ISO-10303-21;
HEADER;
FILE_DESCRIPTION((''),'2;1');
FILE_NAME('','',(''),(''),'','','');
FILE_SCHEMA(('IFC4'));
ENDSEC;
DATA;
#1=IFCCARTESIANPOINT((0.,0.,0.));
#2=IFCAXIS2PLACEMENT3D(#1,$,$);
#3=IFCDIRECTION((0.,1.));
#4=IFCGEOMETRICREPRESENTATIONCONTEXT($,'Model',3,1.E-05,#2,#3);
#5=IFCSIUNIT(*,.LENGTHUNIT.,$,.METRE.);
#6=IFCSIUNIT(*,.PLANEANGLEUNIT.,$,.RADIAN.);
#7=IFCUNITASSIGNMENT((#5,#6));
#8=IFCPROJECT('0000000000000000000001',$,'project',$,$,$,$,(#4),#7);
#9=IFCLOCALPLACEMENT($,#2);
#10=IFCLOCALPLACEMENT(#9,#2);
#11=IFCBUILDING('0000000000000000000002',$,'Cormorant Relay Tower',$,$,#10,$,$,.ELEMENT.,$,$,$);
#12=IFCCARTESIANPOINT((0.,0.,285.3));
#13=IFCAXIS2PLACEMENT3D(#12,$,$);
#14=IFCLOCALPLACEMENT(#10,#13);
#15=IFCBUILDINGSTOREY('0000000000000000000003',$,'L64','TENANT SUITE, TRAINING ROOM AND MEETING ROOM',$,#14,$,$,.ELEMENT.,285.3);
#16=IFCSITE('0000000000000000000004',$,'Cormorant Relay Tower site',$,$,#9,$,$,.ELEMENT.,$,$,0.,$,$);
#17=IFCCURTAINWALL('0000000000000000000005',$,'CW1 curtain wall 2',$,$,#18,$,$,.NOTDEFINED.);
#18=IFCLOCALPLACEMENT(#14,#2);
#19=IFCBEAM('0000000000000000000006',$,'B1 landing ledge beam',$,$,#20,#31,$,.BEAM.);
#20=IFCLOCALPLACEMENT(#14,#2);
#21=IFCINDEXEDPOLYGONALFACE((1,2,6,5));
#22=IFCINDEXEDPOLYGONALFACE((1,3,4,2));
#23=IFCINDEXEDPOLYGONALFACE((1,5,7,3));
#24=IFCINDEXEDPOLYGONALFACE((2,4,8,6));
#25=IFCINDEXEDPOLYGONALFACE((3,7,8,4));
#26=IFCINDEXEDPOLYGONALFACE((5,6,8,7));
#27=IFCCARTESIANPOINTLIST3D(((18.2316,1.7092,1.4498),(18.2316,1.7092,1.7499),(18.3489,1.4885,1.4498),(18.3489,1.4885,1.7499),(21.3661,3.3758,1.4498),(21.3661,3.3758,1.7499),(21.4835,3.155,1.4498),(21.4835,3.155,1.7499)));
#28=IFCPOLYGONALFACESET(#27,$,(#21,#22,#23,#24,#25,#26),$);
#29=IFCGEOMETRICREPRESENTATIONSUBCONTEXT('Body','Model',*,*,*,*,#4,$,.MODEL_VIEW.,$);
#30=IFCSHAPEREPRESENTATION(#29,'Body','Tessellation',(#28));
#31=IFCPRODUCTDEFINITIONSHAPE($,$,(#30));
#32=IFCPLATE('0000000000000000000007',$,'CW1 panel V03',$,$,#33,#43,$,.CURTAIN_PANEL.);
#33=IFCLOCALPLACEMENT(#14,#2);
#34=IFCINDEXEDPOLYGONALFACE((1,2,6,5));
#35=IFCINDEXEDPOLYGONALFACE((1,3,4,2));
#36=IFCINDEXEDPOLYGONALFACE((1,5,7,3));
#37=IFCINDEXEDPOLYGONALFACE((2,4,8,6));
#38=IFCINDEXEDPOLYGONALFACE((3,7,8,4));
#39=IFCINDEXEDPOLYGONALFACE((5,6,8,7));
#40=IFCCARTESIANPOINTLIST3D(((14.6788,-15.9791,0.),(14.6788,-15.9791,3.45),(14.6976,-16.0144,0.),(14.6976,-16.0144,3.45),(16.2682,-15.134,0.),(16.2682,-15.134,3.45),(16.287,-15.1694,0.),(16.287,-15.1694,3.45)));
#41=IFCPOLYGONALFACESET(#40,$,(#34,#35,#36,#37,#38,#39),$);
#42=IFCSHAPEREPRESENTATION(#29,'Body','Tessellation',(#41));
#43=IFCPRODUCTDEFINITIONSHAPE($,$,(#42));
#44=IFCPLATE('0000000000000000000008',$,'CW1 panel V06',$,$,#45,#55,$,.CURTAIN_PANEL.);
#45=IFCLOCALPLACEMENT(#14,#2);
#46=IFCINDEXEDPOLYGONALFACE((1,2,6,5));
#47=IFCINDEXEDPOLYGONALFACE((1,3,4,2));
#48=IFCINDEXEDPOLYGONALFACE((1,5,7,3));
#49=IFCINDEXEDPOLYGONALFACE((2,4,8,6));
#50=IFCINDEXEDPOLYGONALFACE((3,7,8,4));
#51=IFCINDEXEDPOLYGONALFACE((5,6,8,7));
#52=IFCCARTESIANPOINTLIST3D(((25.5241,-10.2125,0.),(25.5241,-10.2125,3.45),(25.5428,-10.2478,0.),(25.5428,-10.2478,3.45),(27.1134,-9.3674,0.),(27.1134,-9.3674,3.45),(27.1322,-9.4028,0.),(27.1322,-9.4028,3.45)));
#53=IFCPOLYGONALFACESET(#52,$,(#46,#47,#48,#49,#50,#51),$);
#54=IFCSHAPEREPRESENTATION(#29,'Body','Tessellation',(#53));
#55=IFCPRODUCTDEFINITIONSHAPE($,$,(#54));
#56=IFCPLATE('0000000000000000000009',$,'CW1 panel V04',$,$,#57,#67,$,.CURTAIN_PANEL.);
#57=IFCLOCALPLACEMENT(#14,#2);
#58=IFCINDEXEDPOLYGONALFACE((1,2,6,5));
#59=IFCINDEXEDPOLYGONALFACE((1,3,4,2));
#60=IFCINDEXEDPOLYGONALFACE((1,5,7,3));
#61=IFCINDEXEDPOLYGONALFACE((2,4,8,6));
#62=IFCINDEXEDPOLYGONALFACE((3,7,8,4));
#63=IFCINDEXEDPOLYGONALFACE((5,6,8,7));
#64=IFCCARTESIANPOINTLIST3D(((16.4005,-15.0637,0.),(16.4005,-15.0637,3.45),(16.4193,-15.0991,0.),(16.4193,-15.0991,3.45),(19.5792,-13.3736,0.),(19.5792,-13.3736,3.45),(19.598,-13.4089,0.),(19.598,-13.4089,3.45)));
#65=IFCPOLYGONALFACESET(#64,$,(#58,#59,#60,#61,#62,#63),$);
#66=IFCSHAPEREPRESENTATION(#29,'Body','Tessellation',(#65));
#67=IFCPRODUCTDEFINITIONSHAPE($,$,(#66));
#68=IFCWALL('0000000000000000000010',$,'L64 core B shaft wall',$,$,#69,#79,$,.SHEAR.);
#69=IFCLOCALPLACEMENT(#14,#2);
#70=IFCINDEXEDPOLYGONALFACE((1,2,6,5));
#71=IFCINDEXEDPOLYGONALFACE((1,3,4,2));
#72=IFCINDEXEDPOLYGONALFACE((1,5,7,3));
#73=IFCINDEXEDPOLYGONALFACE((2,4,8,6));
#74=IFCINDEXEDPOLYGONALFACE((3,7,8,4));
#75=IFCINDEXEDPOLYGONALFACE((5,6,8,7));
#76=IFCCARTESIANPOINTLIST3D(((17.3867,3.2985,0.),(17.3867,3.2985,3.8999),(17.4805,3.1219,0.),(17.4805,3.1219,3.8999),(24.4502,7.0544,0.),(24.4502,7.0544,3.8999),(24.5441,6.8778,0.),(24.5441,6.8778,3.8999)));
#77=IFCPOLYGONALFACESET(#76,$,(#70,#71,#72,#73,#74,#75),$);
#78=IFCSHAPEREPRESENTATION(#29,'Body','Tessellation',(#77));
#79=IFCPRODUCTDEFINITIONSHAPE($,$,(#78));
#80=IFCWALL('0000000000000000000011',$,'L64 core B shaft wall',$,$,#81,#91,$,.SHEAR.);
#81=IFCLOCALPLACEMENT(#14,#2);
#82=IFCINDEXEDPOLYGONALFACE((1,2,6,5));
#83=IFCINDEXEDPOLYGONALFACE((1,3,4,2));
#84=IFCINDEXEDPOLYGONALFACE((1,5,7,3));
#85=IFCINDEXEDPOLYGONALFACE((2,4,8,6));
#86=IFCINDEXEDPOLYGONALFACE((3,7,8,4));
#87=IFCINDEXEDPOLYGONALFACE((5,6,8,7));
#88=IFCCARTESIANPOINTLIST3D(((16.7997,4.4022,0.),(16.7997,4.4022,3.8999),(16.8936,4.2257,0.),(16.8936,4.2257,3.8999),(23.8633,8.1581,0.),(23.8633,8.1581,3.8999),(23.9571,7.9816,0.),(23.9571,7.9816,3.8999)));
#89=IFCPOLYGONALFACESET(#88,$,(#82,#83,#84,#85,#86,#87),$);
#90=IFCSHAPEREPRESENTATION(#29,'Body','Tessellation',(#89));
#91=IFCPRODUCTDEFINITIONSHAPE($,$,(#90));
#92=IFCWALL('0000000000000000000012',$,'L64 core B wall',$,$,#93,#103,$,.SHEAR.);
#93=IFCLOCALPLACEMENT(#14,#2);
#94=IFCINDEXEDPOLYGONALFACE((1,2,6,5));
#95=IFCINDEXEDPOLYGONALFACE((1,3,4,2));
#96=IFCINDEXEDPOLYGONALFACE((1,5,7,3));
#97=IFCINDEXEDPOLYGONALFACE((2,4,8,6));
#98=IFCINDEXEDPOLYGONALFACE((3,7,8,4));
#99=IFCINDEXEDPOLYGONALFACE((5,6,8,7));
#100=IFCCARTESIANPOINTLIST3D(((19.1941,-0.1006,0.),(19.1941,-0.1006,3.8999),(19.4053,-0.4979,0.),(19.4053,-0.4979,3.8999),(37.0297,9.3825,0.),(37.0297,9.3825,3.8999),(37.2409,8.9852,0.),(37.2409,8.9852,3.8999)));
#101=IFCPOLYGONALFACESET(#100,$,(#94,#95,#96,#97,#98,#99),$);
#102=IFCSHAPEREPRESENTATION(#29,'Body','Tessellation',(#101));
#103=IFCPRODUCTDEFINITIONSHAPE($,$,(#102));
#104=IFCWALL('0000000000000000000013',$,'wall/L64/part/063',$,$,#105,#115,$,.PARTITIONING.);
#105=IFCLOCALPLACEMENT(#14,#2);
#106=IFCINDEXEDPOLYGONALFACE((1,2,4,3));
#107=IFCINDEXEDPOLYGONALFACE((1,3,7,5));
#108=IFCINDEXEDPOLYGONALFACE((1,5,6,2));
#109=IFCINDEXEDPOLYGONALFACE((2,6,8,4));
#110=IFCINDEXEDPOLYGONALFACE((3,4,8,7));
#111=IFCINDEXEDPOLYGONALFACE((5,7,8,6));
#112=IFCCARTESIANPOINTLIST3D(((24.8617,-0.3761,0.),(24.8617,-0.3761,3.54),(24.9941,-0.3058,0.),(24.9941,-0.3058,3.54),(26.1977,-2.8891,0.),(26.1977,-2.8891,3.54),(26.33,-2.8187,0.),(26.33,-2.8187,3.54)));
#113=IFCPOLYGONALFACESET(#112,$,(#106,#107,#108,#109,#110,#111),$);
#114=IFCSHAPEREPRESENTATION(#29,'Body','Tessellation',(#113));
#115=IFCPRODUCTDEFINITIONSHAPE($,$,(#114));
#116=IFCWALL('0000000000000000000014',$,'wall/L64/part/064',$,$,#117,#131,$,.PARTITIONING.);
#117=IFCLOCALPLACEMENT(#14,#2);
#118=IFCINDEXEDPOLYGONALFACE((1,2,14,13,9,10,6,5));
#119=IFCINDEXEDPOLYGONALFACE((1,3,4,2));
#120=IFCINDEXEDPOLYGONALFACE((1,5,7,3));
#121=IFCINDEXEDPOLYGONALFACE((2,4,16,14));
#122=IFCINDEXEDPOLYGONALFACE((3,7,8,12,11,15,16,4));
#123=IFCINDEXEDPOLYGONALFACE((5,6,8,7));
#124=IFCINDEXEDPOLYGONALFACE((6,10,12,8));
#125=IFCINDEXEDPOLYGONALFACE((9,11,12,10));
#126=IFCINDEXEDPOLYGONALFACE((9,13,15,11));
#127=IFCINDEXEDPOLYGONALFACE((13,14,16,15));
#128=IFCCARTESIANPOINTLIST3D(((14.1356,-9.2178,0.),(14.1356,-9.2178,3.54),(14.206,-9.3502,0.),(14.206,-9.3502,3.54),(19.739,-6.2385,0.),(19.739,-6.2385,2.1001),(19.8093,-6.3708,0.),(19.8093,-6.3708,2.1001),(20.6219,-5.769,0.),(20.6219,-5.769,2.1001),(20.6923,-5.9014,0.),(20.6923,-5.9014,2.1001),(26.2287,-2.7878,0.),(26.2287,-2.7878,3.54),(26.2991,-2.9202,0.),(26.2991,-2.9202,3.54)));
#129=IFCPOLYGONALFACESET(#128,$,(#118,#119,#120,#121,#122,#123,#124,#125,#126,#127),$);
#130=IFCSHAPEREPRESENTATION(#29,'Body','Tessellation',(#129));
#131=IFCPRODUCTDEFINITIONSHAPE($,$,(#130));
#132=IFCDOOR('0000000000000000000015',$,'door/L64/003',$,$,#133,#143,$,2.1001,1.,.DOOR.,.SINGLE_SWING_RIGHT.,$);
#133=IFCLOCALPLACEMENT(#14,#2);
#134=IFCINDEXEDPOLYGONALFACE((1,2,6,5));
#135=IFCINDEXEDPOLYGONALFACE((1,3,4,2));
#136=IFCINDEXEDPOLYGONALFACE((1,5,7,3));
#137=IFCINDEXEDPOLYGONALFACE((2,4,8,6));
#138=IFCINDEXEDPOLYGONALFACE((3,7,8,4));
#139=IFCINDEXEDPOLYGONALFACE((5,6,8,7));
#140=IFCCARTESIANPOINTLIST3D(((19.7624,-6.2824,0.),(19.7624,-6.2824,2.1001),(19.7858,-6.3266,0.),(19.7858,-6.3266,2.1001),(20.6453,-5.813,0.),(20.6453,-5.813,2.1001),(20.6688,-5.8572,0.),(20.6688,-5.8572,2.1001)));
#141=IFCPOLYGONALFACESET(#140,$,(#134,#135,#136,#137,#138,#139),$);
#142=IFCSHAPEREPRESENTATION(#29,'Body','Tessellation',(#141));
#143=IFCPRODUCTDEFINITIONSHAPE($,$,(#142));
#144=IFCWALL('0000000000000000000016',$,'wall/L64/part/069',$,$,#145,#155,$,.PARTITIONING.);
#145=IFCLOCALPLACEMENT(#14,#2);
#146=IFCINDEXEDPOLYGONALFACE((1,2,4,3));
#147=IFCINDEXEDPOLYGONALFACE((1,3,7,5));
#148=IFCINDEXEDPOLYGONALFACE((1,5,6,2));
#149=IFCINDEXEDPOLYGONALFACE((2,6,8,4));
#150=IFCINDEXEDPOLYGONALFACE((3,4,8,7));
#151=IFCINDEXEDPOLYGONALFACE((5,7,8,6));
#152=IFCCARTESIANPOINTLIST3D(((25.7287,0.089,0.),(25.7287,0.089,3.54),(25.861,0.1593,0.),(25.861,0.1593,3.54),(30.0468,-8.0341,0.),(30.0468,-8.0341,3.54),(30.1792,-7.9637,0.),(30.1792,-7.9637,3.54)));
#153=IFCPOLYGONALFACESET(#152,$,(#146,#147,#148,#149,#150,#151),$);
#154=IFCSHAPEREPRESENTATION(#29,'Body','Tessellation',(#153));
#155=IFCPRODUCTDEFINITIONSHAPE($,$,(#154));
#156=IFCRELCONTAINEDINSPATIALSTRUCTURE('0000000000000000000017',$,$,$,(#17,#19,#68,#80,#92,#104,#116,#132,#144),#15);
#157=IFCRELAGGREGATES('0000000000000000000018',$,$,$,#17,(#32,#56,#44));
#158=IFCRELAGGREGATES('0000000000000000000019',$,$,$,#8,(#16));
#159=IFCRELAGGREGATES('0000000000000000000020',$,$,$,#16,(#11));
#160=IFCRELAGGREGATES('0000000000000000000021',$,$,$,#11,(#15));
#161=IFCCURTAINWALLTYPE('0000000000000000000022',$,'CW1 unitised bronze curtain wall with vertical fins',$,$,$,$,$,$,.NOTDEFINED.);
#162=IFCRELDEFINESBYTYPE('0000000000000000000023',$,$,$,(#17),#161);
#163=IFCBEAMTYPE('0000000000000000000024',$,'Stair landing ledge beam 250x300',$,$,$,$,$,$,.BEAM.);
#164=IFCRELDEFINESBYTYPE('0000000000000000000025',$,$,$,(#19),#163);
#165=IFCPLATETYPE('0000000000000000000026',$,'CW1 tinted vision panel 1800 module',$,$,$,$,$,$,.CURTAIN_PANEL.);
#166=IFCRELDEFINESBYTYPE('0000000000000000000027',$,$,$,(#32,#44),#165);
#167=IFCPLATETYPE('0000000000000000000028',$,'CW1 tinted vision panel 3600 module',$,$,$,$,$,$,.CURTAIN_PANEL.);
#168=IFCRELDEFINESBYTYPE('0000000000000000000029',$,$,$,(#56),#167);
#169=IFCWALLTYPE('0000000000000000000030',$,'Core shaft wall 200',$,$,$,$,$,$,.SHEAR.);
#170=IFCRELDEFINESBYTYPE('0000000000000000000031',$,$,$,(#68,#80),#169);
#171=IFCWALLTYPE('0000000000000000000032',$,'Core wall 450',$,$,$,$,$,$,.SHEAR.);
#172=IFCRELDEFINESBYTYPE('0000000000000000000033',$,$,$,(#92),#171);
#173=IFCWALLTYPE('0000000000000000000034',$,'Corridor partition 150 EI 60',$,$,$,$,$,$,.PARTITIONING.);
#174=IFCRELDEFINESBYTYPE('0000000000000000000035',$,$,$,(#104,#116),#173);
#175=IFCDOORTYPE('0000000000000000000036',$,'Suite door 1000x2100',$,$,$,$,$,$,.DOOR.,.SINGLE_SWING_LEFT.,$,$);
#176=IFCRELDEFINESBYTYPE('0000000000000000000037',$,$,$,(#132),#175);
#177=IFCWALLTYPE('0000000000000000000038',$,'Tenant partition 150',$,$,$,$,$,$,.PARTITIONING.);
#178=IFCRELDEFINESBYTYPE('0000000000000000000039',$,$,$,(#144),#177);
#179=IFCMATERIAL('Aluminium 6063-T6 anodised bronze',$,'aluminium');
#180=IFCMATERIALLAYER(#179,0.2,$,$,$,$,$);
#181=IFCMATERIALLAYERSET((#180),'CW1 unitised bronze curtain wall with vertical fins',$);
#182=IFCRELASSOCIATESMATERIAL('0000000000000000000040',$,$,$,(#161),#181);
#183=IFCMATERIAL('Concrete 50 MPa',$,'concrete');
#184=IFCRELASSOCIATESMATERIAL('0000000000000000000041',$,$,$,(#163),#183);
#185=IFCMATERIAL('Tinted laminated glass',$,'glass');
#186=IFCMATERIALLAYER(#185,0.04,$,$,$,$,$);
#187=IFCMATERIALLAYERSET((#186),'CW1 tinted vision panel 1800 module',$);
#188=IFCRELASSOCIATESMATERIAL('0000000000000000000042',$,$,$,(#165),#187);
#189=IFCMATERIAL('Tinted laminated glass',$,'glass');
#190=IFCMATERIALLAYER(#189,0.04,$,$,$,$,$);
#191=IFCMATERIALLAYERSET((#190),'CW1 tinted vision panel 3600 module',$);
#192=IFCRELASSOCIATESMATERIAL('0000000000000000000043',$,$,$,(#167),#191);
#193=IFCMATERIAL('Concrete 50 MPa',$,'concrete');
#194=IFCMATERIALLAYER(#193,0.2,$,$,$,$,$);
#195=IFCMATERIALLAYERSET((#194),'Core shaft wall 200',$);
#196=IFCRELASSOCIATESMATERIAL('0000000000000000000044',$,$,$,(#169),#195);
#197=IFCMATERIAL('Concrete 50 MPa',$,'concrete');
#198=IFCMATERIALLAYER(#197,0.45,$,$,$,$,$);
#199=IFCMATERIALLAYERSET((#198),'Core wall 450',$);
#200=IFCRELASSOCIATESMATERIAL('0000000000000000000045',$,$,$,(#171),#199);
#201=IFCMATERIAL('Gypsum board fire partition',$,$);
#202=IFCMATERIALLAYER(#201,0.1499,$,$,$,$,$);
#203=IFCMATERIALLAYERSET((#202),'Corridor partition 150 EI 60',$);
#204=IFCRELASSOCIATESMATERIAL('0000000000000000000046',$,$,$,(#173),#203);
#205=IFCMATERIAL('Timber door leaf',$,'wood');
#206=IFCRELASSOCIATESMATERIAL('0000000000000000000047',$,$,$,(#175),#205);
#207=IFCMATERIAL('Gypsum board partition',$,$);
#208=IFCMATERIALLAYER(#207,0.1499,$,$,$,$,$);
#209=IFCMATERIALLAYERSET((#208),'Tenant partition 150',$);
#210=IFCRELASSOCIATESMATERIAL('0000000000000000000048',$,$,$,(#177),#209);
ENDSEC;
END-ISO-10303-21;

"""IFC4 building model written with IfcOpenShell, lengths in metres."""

from ifc_helpers import new_model, si_unit, direction, frame, frame_2d, origin, origin_2d, place, context, subcontext, project, spatial, rectangle, extrude, material, layer, layer_set, material_profile, profile_set, type_object, element, fill, aggregate, save


model = new_model("IFC4")

# Units and contexts
model_context = context("Model", 3, precision=1e-05, world=origin(), true_north=direction((0.0, 1.0)))
body_context = subcontext(model_context, "Body", "Model", "MODEL_VIEW")
ifc_project = project(units=[si_unit("LENGTHUNIT", "METRE"), si_unit("PLANEANGLEUNIT", "RADIAN")], contexts=[model_context])

# Site, building, storey
site_placement = place(None, origin())
site = spatial("IfcSite", under=ifc_project, at=site_placement, Name="Cormorant Relay Tower site", CompositionType="ELEMENT", RefElevation=0.0)
building_placement = place(site_placement, origin())
building = spatial("IfcBuilding", under=site, at=building_placement, Name="Cormorant Relay Tower", CompositionType="ELEMENT")
storey_placement = place(building_placement, frame((0.0, 0.0, 285.3)))
storey = spatial("IfcBuildingStorey", under=building, at=storey_placement, Name="L64", Description="TENANT SUITE, TRAINING ROOM AND MEETING ROOM", CompositionType="ELEMENT", Elevation=285.3)

# Curtain wall
ifc_material_1 = material(Name="Aluminium 6063-T6 anodised bronze", Category="aluminium")
ifc_layer_1 = layer(ifc_material_1, 0.2)
ifc_layer_set_1 = layer_set([ifc_layer_1], Name="CW1 unitised bronze curtain wall with vertical fins")
curtain_wall_type = type_object("IfcCurtainWallType", Name="CW1 unitised bronze curtain wall with vertical fins", PredefinedType="NOTDEFINED", material=ifc_layer_set_1)
curtain_wall_placement = place(storey_placement, origin())
curtain_wall = element("IfcCurtainWall", 1, at=curtain_wall_placement, inside=storey, type_object=curtain_wall_type, Name="CW1 curtain wall 2", PredefinedType="NOTDEFINED")

# Beam
ifc_material_2 = material(Name="Concrete 50 MPa", Category="concrete")
ifc_material_profile_1 = material_profile(ifc_material_2, rectangle(XDim=0.25, YDim=0.3, at=origin_2d()), Name="RC 250x300")
ifc_profile_set_1 = profile_set([ifc_material_profile_1], Name="Concrete 50 MPa")
beam_type_1 = type_object("IfcBeamType", Name="Stair landing ledge beam 250x300", PredefinedType="BEAM", material=ifc_profile_set_1)
beam_1_placement = place(storey_placement, frame((21.4248, 3.2654, 1.5999), z_axis=(-0.882965, -0.469438, 0.0), x_axis=(0.469438, -0.882965, 0.0)))
element("IfcBeam", 2, at=beam_1_placement, inside=storey, type_object=beam_type_1, Name="B1 landing ledge beam", PredefinedType="BEAM", context=body_context, shape_type="SweptSolid", body=[
    extrude(rectangle(XDim=0.25, YDim=0.3, at=origin_2d()), origin(), (0.0, 0.0, 1.0), 3.55),
])

# Plates
ifc_material_3 = material(Name="Tinted laminated glass", Category="glass")
ifc_layer_2 = layer(ifc_material_3, 0.04)
ifc_layer_set_2 = layer_set([ifc_layer_2], Name="CW1 tinted vision panel 1800 module")
plate_type_1 = type_object("IfcPlateType", Name="CW1 tinted vision panel 1800 module", PredefinedType="CURTAIN_PANEL", material=ifc_layer_set_2)
plate_1_placement = place(storey_placement, frame((15.4829, -15.5742, 0.0), z_axis=(0.0, 0.0, 1.0), x_axis=(0.882948, 0.469472, 0.0)))
plate_1 = element("IfcPlate", 3, at=plate_1_placement, type_object=plate_type_1, Name="CW1 panel V03", PredefinedType="CURTAIN_PANEL", context=body_context, shape_type="SweptSolid", body=[
    extrude(rectangle(XDim=1.8, YDim=0.04, at=origin_2d()), origin(), (0.0, 0.0, 1.0), 3.45),
])
plate_2_placement = place(storey_placement, frame((26.3281, -9.8076, 0.0), z_axis=(0.0, 0.0, 1.0), x_axis=(0.882948, 0.469472, 0.0)))
plate_2 = element("IfcPlate", 4, at=plate_2_placement, type_object=plate_type_1, Name="CW1 panel V06", PredefinedType="CURTAIN_PANEL", context=body_context, shape_type="SweptSolid", body=[
    extrude(rectangle(XDim=1.8, YDim=0.04, at=origin_2d()), origin(), (0.0, 0.0, 1.0), 3.45),
])
ifc_material_4 = material(Name="Tinted laminated glass", Category="glass")
ifc_layer_3 = layer(ifc_material_4, 0.04)
ifc_layer_set_3 = layer_set([ifc_layer_3], Name="CW1 tinted vision panel 3600 module")
plate_type_2 = type_object("IfcPlateType", Name="CW1 tinted vision panel 3600 module", PredefinedType="CURTAIN_PANEL", material=ifc_layer_set_3)
plate_3_placement = place(storey_placement, frame((17.9993, -14.2363, 0.0), z_axis=(0.0, 0.0, 1.0), x_axis=(0.882948, 0.469472, 0.0)))
plate_3 = element("IfcPlate", 5, at=plate_3_placement, type_object=plate_type_2, Name="CW1 panel V04", PredefinedType="CURTAIN_PANEL", context=body_context, shape_type="SweptSolid", body=[
    extrude(rectangle(XDim=3.6001, YDim=0.04, at=origin_2d()), origin(), (0.0, 0.0, 1.0), 3.45),
])

# Walls
ifc_material_5 = material(Name="Concrete 50 MPa", Category="concrete")
ifc_layer_4 = layer(ifc_material_5, 0.2)
ifc_layer_set_4 = layer_set([ifc_layer_4], Name="Core shaft wall 200")
wall_type_1 = type_object("IfcWallType", Name="Core shaft wall 200", PredefinedType="SHEAR", material=ifc_layer_set_4)
for number, where, z_axis, x_axis, name in (
    (6, (17.4336, 3.2102, 0.0), (0.0, 0.0, 1.0), (0.88294, 0.469485, 0.0), "L64 core B shaft wall"),
    (7, (16.8467, 4.314, 0.0), (0.0, 0.0, 1.0), (0.88294, 0.469485, 0.0), "L64 core B shaft wall"),
):
    element("IfcWall", number, at=place(storey_placement, frame(where, z_axis=z_axis, x_axis=x_axis)), inside=storey, type_object=wall_type_1, Name=name, PredefinedType="SHEAR", context=body_context, shape_type="SweptSolid", body=[
        extrude(rectangle(XDim=8.0, YDim=0.2, at=frame_2d((4.0, 0.0))), origin(), (0.0, 0.0, 1.0), 3.8999),
    ])

# Shared definitions
ifc_material_6 = material(Name="Concrete 50 MPa", Category="concrete")
ifc_layer_5 = layer(ifc_material_6, 0.45)
ifc_layer_set_5 = layer_set([ifc_layer_5], Name="Core wall 450")
wall_type_2 = type_object("IfcWallType", Name="Core wall 450", PredefinedType="SHEAR", material=ifc_layer_set_5)

# Walls
wall_1_placement = place(storey_placement, frame((19.2996, -0.2993, 0.0), z_axis=(0.0, 0.0, 1.0), x_axis=(0.882953, 0.469462, 0.0)))
element("IfcWall", 8, at=wall_1_placement, inside=storey, type_object=wall_type_2, Name="L64 core B wall", PredefinedType="SHEAR", context=body_context, shape_type="SweptSolid", body=[
    extrude(rectangle(XDim=20.2, YDim=0.45, at=frame_2d((10.1001, 0.0))), origin(), (0.0, 0.0, 1.0), 3.8999),
])
ifc_material_7 = material(Name="Gypsum board fire partition")
ifc_layer_6 = layer(ifc_material_7, 0.1499)
ifc_layer_set_6 = layer_set([ifc_layer_6], Name="Corridor partition 150 EI 60")
wall_type_3 = type_object("IfcWallType", Name="Corridor partition 150 EI 60", PredefinedType="PARTITIONING", material=ifc_layer_set_6)
wall_2_placement = place(storey_placement, frame((24.928, -0.3411, 0.0), z_axis=(0.0, 0.0, 1.0), x_axis=(0.469412, -0.882979, 0.0)))
element("IfcWall", 9, at=wall_2_placement, inside=storey, type_object=wall_type_3, Name="wall/L64/part/063", PredefinedType="PARTITIONING", context=body_context, shape_type="SweptSolid", body=[
    extrude(rectangle(XDim=2.8459, YDim=0.1499, at=frame_2d((1.4229, 0.0))), origin(), (0.0, 0.0, 1.0), 3.54),
])

# Wall, opening, door
wall_3_placement = place(storey_placement, frame((26.2639, -2.854, 0.0), z_axis=(0.0, 0.0, 1.0), x_axis=(-0.882949, -0.469469, 0.0)))
wall_3 = element("IfcWall", 10, at=wall_3_placement, inside=storey, type_object=wall_type_3, Name="wall/L64/part/064", PredefinedType="PARTITIONING", context=body_context, shape_type="SweptSolid", body=[
    extrude(rectangle(XDim=13.6963, YDim=0.1499, at=frame_2d((6.8481, 0.0))), origin(), (0.0, 0.0, 1.0), 3.54),
])
opening_1_placement = place(wall_3_placement, frame((6.3501, 0.0, 0.0)))
opening_1 = element("IfcOpeningElement", 11, at=opening_1_placement, cuts=wall_3, PredefinedType="OPENING", context=body_context, shape_type="SweptSolid", body=[
    extrude(rectangle(XDim=1.0, YDim=2.1001, at=frame_2d((0.5, 1.05))), frame((0.0, 0.085, 0.0), z_axis=(0.0, -1.0, 0.0), x_axis=(1.0, 0.0, 0.0)), (0.0, 0.0, 1.0), 0.1699),
])
ifc_material_8 = material(Name="Timber door leaf", Category="wood")
door_type_1 = type_object("IfcDoorType", Name="Suite door 1000x2100", OperationType="SINGLE_SWING_LEFT", PredefinedType="DOOR", material=ifc_material_8)
door_1_placement = place(opening_1_placement, origin())
door_1 = element("IfcDoor", 12, at=door_1_placement, inside=storey, type_object=door_type_1, Name="door/L64/003", OperationType="SINGLE_SWING_RIGHT", OverallHeight=2.1001, OverallWidth=1.0, PredefinedType="DOOR", context=body_context, shape_type="SweptSolid", body=[
    extrude(rectangle(XDim=1.0, YDim=2.1001, at=frame_2d((0.5, 1.05))), frame((0.0, 0.0249, 0.0), z_axis=(0.0, -1.0, 0.0), x_axis=(1.0, 0.0, 0.0)), (0.0, 0.0, 1.0), 0.05),
])
fill(opening_1, door_1)

# Wall
ifc_material_9 = material(Name="Gypsum board partition")
ifc_layer_7 = layer(ifc_material_9, 0.1499)
ifc_layer_set_7 = layer_set([ifc_layer_7], Name="Tenant partition 150")
wall_type_4 = type_object("IfcWallType", Name="Tenant partition 150", PredefinedType="PARTITIONING", material=ifc_layer_set_7)
wall_4_placement = place(storey_placement, frame((25.7949, 0.124, 0.0), z_axis=(0.0, 0.0, 1.0), x_axis=(0.469388, -0.882992, 0.0)))
element("IfcWall", 13, at=wall_4_placement, inside=storey, type_object=wall_type_4, Name="wall/L64/part/069", PredefinedType="PARTITIONING", context=body_context, shape_type="SweptSolid", body=[
    extrude(rectangle(XDim=9.1995, YDim=0.1499, at=frame_2d((4.5996, 0.0))), origin(), (0.0, 0.0, 1.0), 3.54),
])

aggregate(curtain_wall, [plate_1, plate_3, plate_2])

save(model, "model.ifc")
